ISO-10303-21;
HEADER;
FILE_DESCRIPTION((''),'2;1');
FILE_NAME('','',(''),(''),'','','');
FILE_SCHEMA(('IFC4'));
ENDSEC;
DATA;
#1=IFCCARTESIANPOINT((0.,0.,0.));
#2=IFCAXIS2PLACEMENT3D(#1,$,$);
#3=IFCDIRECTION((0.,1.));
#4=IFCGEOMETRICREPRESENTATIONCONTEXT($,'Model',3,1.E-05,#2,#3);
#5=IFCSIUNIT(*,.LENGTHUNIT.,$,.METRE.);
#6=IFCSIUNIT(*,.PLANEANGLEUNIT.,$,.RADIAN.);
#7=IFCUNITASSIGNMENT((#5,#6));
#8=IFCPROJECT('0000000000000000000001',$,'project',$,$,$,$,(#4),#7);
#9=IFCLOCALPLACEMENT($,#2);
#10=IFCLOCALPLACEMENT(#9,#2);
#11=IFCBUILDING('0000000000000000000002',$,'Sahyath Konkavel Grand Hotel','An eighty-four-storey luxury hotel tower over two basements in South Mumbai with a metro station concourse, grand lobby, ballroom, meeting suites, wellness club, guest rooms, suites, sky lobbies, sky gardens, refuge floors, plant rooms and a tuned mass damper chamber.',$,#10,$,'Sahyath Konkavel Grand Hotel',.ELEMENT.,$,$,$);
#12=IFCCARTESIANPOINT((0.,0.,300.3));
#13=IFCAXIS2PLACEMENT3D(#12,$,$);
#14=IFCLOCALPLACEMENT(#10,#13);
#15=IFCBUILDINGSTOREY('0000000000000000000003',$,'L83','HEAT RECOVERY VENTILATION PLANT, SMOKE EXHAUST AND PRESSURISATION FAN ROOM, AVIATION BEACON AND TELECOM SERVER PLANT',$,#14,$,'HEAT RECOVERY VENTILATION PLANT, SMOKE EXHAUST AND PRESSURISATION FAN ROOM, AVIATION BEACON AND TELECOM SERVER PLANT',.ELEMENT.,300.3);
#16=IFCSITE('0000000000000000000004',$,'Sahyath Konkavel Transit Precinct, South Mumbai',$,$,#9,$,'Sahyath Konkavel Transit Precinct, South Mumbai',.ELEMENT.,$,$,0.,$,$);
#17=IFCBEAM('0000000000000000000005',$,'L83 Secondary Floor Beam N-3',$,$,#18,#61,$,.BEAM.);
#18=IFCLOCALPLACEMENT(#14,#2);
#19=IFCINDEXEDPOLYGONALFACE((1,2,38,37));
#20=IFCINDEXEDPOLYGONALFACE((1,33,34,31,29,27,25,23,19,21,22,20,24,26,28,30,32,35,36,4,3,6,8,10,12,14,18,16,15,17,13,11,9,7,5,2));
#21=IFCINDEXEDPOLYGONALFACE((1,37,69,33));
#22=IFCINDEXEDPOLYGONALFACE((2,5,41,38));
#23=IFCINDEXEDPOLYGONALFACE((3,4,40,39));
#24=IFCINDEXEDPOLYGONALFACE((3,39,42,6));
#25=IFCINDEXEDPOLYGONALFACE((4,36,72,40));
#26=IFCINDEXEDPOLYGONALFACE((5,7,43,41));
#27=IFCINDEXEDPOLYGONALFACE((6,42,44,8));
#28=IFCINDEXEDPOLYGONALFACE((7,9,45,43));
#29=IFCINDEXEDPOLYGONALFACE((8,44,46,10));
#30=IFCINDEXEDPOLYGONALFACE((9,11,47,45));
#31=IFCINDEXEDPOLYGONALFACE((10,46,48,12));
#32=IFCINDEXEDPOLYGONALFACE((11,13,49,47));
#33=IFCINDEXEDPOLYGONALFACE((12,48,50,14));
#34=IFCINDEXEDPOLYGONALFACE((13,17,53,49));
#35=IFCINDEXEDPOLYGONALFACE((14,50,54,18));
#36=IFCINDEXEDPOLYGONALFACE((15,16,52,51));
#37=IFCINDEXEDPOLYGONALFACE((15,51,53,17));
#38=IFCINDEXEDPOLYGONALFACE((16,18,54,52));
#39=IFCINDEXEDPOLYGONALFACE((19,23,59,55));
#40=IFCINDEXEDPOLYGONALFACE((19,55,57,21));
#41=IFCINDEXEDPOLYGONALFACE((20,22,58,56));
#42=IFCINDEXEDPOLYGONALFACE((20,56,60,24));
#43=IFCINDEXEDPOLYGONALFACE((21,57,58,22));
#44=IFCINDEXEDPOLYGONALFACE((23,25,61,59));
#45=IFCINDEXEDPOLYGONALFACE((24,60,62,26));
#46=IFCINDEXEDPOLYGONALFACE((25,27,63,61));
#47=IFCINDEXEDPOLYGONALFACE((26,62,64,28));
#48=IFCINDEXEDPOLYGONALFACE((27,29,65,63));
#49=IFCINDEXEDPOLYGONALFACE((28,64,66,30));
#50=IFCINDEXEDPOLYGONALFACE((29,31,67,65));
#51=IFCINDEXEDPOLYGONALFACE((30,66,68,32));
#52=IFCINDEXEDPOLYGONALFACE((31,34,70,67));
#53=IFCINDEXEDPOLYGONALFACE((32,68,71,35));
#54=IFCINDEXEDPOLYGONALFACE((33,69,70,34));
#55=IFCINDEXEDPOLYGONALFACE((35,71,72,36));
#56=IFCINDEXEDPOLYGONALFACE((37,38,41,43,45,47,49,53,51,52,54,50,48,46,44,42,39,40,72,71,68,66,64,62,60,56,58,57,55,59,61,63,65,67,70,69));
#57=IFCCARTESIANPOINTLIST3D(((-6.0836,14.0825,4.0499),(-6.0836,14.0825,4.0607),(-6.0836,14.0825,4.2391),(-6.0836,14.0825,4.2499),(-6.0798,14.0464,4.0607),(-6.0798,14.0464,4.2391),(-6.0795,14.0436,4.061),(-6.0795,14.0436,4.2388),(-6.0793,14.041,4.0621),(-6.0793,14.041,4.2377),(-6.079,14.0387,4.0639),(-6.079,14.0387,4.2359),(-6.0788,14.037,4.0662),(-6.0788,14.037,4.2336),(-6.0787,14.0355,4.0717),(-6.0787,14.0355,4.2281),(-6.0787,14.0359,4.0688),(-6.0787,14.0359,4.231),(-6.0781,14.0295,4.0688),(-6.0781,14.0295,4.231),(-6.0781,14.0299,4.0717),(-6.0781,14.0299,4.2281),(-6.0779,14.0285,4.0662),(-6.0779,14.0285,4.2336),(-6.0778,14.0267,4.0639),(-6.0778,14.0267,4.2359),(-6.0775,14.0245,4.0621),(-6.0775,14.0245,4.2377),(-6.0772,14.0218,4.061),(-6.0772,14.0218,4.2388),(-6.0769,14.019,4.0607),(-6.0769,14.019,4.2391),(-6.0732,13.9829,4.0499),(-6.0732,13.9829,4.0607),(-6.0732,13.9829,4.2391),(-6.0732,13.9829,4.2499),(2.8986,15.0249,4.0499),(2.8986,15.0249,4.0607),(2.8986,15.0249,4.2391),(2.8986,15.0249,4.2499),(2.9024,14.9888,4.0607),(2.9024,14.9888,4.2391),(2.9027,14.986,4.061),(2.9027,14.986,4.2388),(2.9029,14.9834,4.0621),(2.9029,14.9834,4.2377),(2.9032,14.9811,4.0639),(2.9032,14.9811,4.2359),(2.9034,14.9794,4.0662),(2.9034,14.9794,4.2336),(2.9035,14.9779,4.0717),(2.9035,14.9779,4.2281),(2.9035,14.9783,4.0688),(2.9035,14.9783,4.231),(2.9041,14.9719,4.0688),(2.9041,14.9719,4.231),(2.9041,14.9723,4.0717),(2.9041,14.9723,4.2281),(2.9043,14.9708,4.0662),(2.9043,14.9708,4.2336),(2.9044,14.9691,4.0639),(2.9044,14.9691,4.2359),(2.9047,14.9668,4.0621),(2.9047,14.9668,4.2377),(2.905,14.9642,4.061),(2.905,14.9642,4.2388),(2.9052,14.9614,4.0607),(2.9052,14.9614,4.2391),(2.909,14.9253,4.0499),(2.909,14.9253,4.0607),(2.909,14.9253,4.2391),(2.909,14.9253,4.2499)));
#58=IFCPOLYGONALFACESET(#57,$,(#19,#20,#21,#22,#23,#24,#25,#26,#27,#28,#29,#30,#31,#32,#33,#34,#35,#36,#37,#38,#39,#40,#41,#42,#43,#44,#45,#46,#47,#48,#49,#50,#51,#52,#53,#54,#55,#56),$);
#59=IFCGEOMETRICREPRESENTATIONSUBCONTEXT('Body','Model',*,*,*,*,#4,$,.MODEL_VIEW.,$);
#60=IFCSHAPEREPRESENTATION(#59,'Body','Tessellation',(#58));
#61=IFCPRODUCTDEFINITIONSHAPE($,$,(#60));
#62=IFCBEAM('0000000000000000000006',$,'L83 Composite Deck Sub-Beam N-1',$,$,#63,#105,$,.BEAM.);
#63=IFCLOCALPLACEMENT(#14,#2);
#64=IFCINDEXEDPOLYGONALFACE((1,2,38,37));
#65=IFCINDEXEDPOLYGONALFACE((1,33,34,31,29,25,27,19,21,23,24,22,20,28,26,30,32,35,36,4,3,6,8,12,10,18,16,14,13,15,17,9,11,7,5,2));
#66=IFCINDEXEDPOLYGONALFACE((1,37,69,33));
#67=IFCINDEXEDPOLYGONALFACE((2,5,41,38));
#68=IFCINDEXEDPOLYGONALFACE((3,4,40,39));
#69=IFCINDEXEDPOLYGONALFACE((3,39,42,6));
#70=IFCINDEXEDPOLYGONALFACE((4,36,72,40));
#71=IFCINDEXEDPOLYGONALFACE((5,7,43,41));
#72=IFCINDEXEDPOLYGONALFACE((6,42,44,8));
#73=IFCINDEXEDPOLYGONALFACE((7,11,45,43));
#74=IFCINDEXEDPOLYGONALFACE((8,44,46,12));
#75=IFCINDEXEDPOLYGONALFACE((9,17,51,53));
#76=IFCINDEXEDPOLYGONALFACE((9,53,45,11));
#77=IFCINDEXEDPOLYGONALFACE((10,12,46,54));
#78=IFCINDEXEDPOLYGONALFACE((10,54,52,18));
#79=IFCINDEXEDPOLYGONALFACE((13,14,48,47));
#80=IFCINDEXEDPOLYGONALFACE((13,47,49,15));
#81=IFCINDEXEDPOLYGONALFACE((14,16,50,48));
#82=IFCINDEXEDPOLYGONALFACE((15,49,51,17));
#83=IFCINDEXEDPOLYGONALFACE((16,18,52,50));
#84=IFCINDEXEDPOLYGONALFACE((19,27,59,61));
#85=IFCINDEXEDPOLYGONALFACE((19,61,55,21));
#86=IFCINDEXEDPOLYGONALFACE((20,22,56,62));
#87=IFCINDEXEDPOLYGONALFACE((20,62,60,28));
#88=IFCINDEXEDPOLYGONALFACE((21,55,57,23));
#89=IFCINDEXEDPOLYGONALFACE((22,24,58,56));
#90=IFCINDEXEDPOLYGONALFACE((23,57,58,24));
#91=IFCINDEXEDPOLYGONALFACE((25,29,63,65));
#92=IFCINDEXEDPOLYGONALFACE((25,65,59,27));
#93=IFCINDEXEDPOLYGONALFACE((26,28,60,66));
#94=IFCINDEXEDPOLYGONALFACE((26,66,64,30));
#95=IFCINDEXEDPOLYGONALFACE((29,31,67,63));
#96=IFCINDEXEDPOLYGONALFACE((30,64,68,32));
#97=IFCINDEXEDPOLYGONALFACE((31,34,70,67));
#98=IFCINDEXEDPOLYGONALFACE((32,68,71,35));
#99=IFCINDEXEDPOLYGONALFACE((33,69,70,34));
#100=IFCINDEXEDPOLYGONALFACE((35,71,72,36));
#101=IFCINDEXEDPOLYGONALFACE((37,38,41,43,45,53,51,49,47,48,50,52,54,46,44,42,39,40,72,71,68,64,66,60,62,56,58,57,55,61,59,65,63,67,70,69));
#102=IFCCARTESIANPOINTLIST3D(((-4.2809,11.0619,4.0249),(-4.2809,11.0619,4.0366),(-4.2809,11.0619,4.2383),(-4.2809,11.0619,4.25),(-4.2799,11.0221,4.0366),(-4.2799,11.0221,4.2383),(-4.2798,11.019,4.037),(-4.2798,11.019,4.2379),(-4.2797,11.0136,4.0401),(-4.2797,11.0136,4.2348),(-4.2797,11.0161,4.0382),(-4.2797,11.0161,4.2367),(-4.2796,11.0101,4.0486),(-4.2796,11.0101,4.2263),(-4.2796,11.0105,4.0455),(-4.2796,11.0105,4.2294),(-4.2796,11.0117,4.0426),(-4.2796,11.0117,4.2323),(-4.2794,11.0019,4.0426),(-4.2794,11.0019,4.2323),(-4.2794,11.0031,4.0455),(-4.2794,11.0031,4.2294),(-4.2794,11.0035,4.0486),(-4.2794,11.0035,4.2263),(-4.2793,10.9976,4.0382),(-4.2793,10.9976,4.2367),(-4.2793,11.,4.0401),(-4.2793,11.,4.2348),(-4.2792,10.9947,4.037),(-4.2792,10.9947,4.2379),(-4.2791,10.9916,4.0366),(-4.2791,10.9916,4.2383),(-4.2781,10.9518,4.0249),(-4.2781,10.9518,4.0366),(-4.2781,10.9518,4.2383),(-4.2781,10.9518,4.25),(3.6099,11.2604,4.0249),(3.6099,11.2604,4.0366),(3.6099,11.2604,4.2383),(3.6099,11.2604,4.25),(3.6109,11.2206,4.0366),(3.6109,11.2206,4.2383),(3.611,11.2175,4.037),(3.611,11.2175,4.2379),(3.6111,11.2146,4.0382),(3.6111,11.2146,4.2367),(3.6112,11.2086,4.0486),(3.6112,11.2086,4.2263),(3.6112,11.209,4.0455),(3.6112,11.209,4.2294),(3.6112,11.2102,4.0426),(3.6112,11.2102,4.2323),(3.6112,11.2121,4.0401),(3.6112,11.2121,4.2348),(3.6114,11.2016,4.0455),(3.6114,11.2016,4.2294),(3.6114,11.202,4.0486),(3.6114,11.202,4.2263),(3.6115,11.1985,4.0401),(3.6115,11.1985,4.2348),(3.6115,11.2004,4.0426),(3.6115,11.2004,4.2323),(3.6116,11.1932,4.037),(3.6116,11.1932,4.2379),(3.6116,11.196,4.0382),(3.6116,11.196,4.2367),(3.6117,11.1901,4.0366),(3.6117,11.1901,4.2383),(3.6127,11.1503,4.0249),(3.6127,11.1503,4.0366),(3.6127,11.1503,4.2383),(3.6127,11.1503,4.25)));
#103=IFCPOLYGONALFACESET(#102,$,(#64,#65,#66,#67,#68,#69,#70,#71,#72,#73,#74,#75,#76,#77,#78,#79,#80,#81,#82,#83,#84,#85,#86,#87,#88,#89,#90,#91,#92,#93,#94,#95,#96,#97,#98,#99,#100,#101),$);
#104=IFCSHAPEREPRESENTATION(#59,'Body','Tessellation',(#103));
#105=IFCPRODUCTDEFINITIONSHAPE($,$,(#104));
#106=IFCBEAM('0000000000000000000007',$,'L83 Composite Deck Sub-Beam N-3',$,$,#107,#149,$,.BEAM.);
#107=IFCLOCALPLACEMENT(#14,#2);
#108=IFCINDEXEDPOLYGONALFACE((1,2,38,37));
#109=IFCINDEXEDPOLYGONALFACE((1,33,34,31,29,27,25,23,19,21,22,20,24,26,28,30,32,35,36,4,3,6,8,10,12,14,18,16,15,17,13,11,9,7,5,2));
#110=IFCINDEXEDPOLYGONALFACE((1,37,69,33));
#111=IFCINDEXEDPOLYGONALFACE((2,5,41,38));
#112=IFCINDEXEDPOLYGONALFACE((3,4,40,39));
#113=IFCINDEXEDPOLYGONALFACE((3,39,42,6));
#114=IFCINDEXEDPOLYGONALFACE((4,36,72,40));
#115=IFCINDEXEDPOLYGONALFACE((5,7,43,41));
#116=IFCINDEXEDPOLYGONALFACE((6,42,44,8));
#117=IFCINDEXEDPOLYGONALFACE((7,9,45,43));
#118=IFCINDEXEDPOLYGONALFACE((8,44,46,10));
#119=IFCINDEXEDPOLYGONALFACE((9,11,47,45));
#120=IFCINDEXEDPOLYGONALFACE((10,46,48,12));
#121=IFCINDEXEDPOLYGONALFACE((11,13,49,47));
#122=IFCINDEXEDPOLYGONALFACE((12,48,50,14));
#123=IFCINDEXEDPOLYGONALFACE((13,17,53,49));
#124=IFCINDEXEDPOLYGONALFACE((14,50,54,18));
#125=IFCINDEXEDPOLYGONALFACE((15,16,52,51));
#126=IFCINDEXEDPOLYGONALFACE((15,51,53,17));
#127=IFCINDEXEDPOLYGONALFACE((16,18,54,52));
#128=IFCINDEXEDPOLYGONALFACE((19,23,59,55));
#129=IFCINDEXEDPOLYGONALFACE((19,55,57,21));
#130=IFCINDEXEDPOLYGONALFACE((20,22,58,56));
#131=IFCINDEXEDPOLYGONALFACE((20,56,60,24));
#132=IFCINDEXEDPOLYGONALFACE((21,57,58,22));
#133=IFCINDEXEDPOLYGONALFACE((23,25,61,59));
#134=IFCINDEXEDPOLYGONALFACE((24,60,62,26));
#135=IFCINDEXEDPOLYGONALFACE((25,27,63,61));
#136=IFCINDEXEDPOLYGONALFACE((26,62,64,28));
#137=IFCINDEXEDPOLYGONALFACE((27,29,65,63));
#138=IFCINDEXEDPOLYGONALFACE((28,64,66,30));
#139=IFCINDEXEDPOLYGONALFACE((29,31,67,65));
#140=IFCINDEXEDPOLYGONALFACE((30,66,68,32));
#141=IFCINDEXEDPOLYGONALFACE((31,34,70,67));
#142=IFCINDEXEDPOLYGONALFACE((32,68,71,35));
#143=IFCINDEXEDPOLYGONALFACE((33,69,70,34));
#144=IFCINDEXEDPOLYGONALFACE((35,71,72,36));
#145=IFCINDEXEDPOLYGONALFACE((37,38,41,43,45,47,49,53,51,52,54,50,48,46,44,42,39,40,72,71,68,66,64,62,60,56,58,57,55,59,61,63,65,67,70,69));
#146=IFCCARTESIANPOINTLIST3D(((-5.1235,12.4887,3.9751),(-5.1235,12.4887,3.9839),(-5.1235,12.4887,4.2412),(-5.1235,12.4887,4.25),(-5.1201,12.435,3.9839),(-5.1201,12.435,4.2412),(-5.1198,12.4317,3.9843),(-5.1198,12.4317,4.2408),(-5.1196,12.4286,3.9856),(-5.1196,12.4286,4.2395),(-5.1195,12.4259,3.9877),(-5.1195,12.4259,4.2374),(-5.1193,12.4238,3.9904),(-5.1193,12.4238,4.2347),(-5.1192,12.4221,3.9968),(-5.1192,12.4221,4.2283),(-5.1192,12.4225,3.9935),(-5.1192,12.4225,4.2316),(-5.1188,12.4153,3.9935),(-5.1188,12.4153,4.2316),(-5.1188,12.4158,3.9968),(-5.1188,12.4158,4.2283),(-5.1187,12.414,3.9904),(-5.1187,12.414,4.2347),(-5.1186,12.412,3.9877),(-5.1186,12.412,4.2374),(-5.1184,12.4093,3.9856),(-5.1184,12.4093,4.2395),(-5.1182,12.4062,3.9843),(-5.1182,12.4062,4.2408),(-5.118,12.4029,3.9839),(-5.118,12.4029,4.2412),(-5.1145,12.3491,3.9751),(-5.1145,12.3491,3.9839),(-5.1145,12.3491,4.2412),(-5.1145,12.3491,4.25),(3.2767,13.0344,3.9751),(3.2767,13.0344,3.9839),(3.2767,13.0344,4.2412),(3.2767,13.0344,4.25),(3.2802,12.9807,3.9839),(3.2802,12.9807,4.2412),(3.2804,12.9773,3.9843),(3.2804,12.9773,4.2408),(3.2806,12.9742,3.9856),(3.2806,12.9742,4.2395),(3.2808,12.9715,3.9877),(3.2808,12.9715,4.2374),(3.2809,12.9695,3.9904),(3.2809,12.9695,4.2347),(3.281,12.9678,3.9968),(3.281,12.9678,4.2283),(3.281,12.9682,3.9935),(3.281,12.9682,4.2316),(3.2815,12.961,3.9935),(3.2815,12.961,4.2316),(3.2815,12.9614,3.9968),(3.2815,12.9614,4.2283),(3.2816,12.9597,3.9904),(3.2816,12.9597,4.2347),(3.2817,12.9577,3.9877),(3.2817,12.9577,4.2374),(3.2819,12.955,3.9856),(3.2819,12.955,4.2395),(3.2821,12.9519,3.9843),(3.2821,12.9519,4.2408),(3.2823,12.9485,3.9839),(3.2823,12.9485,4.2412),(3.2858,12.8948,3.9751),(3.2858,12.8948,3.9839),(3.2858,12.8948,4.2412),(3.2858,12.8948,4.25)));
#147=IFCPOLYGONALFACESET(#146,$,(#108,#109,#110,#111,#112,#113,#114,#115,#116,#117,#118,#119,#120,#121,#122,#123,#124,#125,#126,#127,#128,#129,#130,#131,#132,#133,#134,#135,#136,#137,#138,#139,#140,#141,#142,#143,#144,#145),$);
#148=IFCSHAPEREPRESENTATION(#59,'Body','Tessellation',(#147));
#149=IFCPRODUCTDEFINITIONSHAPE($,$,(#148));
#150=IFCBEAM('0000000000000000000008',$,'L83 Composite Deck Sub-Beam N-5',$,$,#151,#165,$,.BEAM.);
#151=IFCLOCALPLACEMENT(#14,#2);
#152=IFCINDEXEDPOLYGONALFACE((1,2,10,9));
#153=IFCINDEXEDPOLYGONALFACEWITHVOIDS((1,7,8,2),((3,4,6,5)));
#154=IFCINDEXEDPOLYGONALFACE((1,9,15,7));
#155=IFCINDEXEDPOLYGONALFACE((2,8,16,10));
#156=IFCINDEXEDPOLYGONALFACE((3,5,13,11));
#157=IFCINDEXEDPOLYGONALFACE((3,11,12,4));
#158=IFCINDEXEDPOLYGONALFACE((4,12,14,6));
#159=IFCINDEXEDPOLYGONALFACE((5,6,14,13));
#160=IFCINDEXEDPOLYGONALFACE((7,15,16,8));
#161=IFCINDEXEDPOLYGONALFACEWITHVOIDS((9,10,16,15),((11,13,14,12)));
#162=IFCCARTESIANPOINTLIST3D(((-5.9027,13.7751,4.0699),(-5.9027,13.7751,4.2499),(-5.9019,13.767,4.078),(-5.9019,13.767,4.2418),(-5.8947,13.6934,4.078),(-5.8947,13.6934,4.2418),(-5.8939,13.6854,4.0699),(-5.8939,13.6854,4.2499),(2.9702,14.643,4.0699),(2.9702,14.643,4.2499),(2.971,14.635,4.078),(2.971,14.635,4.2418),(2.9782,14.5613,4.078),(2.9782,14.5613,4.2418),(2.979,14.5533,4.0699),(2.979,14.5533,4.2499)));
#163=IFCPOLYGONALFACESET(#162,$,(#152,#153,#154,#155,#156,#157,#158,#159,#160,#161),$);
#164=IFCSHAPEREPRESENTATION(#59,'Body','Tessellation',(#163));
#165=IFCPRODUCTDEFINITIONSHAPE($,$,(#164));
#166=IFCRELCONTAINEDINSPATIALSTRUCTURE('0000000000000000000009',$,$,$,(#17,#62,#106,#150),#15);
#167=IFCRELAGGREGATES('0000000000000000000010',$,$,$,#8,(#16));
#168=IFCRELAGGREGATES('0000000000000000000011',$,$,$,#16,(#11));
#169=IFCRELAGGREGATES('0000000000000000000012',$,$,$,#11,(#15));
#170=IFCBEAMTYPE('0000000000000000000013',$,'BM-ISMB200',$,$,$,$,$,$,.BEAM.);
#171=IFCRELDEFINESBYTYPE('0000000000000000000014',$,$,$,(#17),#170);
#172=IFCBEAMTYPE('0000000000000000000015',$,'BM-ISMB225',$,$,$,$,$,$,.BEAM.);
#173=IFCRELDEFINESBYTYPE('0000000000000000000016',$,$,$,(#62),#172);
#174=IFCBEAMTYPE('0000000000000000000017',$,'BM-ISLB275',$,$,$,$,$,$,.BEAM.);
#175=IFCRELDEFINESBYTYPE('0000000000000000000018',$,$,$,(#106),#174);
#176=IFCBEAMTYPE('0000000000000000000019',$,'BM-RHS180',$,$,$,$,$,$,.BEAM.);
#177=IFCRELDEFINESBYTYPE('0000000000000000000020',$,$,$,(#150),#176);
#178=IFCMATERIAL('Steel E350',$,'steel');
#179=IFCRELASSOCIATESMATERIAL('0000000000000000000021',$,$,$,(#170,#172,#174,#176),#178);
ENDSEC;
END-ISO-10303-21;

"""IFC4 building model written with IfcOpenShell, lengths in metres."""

from ifc_helpers import new_model, si_unit, direction, frame, origin, origin_2d, place, context, subcontext, project, spatial, hollow_rectangle, i_section, extrude, source, transform, mapped, material, material_profile, profile_set, type_object, element, save


model = new_model("IFC4")

# Units and contexts
model_context = context("Model", 3, precision=1e-05, world=origin(), true_north=direction((0.0, 1.0)))
body_context = subcontext(model_context, "Body", "Model", "MODEL_VIEW")
ifc_project = project(units=[si_unit("LENGTHUNIT", "METRE"), si_unit("PLANEANGLEUNIT", "RADIAN")], contexts=[model_context])

# Site, building, storey
site_placement = place(None, origin())
site = spatial("IfcSite", under=ifc_project, at=site_placement, Name="Sahyath Konkavel Transit Precinct, South Mumbai", LongName="Sahyath Konkavel Transit Precinct, South Mumbai", CompositionType="ELEMENT", RefElevation=0.0)
building_placement = place(site_placement, origin())
building = spatial("IfcBuilding", under=site, at=building_placement, Name="Sahyath Konkavel Grand Hotel", Description="An eighty-four-storey luxury hotel tower over two basements in South Mumbai with a metro station concourse, grand lobby, ballroom, meeting suites, wellness club, guest rooms, suites, sky lobbies, sky gardens, refuge floors, plant rooms and a tuned mass damper chamber.", LongName="Sahyath Konkavel Grand Hotel", CompositionType="ELEMENT")
storey_placement = place(building_placement, frame((0.0, 0.0, 300.3)))
storey = spatial("IfcBuildingStorey", under=building, at=storey_placement, Name="L83", Description="HEAT RECOVERY VENTILATION PLANT, SMOKE EXHAUST AND PRESSURISATION FAN ROOM, AVIATION BEACON AND TELECOM SERVER PLANT", LongName="HEAT RECOVERY VENTILATION PLANT, SMOKE EXHAUST AND PRESSURISATION FAN ROOM, AVIATION BEACON AND TELECOM SERVER PLANT", CompositionType="ELEMENT", Elevation=300.3)

# Shared definitions
ifc_material_1 = material(Name="Steel E350", Category="steel")

# Beams
ifc_material_profile_1 = material_profile(ifc_material_1, i_section(OverallWidth=0.1001, OverallDepth=0.2, WebThickness=0.0056, FlangeThickness=0.0107, FilletRadius=0.011, at=origin_2d()), Name="ISMB 200")
ifc_profile_set_1 = profile_set([ifc_material_profile_1], Name="Steel E350")
beam_type_1 = type_object("IfcBeamType", Name="BM-ISMB200", PredefinedType="BEAM", material=ifc_profile_set_1)
shared_shape_1 = source(origin(), body_context, "Body", "SweptSolid", [
    extrude(i_section(OverallWidth=0.1001, OverallDepth=0.2, WebThickness=0.0056, FlangeThickness=0.0107, FilletRadius=0.011, at=origin_2d()), origin(), (0.0, 0.0, 1.0), 9.0315),
])
beam_1_placement = place(storey_placement, frame((2.9038, 14.9751, 4.1499), z_axis=(-0.994541, -0.104344, 0.0), x_axis=(0.104344, -0.994541, 0.0)))
element("IfcBeam", 1, at=beam_1_placement, inside=storey, type_object=beam_type_1, Name="L83 Secondary Floor Beam N-3", PredefinedType="BEAM", context=body_context, shape_type="MappedRepresentation", body=[
    mapped(shared_shape_1, transform((0.0, 0.0, 0.0), scale=1.0)),
])
ifc_material_profile_2 = material_profile(ifc_material_1, i_section(OverallWidth=0.1101, OverallDepth=0.2251, WebThickness=0.0066, FlangeThickness=0.0117, FilletRadius=0.012, at=origin_2d()), Name="ISMB 225")
ifc_profile_set_2 = profile_set([ifc_material_profile_2], Name="Steel E350")
beam_type_2 = type_object("IfcBeamType", Name="BM-ISMB225", PredefinedType="BEAM", material=ifc_profile_set_2)
shared_shape_2 = source(origin(), body_context, "Body", "SweptSolid", [
    extrude(i_section(OverallWidth=0.1101, OverallDepth=0.2251, WebThickness=0.0066, FlangeThickness=0.0117, FilletRadius=0.012, at=origin_2d()), origin(), (0.0, 0.0, 1.0), 7.8933),
])
beam_2_placement = place(storey_placement, frame((3.6113, 11.2053, 4.1375), z_axis=(-0.999684, -0.025146, 0.0), x_axis=(0.025146, -0.999684, 0.0)))
element("IfcBeam", 2, at=beam_2_placement, inside=storey, type_object=beam_type_2, Name="L83 Composite Deck Sub-Beam N-1", PredefinedType="BEAM", context=body_context, shape_type="MappedRepresentation", body=[
    mapped(shared_shape_2, transform((0.0, 0.0, 0.0), scale=1.0)),
])
ifc_material_profile_3 = material_profile(ifc_material_1, i_section(OverallWidth=0.1399, OverallDepth=0.2749, WebThickness=0.0063, FlangeThickness=0.0088, FilletRadius=0.0129, at=origin_2d()), Name="ISLB 275")
ifc_profile_set_3 = profile_set([ifc_material_profile_3], Name="Steel E350")
beam_type_3 = type_object("IfcBeamType", Name="BM-ISLB275", PredefinedType="BEAM", material=ifc_profile_set_3)
shared_shape_3 = source(origin(), body_context, "Body", "SweptSolid", [
    extrude(i_section(OverallWidth=0.1399, OverallDepth=0.2749, WebThickness=0.0063, FlangeThickness=0.0088, FilletRadius=0.0129, at=origin_2d()), origin(), (0.0, 0.0, 1.0), 8.418),
])
beam_3_placement = place(storey_placement, frame((3.2812, 12.9646, 4.1125), z_axis=(-0.997897, -0.064821, 0.0), x_axis=(0.064821, -0.997897, 0.0)))
element("IfcBeam", 3, at=beam_3_placement, inside=storey, type_object=beam_type_3, Name="L83 Composite Deck Sub-Beam N-3", PredefinedType="BEAM", context=body_context, shape_type="MappedRepresentation", body=[
    mapped(shared_shape_3, transform((0.0, 0.0, 0.0), scale=1.0)),
])
ifc_material_profile_4 = material_profile(ifc_material_1, hollow_rectangle(XDim=0.0901, YDim=0.1799, WallThickness=0.0081, at=origin_2d()), Name="RHS 180x90x8")
ifc_profile_set_4 = profile_set([ifc_material_profile_4], Name="Steel E350")
beam_type_4 = type_object("IfcBeamType", Name="BM-RHS180", PredefinedType="BEAM", material=ifc_profile_set_4)
shared_shape_4 = source(origin(), body_context, "Body", "SweptSolid", [
    extrude(hollow_rectangle(XDim=0.0901, YDim=0.1799, WallThickness=0.0081, at=origin_2d()), origin(), (0.0, 0.0, 1.0), 8.9153),
])
beam_4_placement = place(storey_placement, frame((2.9746, 14.5981, 4.1599), z_axis=(-0.99525, -0.097351, 0.0), x_axis=(0.097351, -0.99525, 0.0)))
element("IfcBeam", 4, at=beam_4_placement, inside=storey, type_object=beam_type_4, Name="L83 Composite Deck Sub-Beam N-5", PredefinedType="BEAM", context=body_context, shape_type="MappedRepresentation", body=[
    mapped(shared_shape_4, transform((0.0, 0.0, 0.0), scale=1.0)),
])

save(model, "model.ifc")
